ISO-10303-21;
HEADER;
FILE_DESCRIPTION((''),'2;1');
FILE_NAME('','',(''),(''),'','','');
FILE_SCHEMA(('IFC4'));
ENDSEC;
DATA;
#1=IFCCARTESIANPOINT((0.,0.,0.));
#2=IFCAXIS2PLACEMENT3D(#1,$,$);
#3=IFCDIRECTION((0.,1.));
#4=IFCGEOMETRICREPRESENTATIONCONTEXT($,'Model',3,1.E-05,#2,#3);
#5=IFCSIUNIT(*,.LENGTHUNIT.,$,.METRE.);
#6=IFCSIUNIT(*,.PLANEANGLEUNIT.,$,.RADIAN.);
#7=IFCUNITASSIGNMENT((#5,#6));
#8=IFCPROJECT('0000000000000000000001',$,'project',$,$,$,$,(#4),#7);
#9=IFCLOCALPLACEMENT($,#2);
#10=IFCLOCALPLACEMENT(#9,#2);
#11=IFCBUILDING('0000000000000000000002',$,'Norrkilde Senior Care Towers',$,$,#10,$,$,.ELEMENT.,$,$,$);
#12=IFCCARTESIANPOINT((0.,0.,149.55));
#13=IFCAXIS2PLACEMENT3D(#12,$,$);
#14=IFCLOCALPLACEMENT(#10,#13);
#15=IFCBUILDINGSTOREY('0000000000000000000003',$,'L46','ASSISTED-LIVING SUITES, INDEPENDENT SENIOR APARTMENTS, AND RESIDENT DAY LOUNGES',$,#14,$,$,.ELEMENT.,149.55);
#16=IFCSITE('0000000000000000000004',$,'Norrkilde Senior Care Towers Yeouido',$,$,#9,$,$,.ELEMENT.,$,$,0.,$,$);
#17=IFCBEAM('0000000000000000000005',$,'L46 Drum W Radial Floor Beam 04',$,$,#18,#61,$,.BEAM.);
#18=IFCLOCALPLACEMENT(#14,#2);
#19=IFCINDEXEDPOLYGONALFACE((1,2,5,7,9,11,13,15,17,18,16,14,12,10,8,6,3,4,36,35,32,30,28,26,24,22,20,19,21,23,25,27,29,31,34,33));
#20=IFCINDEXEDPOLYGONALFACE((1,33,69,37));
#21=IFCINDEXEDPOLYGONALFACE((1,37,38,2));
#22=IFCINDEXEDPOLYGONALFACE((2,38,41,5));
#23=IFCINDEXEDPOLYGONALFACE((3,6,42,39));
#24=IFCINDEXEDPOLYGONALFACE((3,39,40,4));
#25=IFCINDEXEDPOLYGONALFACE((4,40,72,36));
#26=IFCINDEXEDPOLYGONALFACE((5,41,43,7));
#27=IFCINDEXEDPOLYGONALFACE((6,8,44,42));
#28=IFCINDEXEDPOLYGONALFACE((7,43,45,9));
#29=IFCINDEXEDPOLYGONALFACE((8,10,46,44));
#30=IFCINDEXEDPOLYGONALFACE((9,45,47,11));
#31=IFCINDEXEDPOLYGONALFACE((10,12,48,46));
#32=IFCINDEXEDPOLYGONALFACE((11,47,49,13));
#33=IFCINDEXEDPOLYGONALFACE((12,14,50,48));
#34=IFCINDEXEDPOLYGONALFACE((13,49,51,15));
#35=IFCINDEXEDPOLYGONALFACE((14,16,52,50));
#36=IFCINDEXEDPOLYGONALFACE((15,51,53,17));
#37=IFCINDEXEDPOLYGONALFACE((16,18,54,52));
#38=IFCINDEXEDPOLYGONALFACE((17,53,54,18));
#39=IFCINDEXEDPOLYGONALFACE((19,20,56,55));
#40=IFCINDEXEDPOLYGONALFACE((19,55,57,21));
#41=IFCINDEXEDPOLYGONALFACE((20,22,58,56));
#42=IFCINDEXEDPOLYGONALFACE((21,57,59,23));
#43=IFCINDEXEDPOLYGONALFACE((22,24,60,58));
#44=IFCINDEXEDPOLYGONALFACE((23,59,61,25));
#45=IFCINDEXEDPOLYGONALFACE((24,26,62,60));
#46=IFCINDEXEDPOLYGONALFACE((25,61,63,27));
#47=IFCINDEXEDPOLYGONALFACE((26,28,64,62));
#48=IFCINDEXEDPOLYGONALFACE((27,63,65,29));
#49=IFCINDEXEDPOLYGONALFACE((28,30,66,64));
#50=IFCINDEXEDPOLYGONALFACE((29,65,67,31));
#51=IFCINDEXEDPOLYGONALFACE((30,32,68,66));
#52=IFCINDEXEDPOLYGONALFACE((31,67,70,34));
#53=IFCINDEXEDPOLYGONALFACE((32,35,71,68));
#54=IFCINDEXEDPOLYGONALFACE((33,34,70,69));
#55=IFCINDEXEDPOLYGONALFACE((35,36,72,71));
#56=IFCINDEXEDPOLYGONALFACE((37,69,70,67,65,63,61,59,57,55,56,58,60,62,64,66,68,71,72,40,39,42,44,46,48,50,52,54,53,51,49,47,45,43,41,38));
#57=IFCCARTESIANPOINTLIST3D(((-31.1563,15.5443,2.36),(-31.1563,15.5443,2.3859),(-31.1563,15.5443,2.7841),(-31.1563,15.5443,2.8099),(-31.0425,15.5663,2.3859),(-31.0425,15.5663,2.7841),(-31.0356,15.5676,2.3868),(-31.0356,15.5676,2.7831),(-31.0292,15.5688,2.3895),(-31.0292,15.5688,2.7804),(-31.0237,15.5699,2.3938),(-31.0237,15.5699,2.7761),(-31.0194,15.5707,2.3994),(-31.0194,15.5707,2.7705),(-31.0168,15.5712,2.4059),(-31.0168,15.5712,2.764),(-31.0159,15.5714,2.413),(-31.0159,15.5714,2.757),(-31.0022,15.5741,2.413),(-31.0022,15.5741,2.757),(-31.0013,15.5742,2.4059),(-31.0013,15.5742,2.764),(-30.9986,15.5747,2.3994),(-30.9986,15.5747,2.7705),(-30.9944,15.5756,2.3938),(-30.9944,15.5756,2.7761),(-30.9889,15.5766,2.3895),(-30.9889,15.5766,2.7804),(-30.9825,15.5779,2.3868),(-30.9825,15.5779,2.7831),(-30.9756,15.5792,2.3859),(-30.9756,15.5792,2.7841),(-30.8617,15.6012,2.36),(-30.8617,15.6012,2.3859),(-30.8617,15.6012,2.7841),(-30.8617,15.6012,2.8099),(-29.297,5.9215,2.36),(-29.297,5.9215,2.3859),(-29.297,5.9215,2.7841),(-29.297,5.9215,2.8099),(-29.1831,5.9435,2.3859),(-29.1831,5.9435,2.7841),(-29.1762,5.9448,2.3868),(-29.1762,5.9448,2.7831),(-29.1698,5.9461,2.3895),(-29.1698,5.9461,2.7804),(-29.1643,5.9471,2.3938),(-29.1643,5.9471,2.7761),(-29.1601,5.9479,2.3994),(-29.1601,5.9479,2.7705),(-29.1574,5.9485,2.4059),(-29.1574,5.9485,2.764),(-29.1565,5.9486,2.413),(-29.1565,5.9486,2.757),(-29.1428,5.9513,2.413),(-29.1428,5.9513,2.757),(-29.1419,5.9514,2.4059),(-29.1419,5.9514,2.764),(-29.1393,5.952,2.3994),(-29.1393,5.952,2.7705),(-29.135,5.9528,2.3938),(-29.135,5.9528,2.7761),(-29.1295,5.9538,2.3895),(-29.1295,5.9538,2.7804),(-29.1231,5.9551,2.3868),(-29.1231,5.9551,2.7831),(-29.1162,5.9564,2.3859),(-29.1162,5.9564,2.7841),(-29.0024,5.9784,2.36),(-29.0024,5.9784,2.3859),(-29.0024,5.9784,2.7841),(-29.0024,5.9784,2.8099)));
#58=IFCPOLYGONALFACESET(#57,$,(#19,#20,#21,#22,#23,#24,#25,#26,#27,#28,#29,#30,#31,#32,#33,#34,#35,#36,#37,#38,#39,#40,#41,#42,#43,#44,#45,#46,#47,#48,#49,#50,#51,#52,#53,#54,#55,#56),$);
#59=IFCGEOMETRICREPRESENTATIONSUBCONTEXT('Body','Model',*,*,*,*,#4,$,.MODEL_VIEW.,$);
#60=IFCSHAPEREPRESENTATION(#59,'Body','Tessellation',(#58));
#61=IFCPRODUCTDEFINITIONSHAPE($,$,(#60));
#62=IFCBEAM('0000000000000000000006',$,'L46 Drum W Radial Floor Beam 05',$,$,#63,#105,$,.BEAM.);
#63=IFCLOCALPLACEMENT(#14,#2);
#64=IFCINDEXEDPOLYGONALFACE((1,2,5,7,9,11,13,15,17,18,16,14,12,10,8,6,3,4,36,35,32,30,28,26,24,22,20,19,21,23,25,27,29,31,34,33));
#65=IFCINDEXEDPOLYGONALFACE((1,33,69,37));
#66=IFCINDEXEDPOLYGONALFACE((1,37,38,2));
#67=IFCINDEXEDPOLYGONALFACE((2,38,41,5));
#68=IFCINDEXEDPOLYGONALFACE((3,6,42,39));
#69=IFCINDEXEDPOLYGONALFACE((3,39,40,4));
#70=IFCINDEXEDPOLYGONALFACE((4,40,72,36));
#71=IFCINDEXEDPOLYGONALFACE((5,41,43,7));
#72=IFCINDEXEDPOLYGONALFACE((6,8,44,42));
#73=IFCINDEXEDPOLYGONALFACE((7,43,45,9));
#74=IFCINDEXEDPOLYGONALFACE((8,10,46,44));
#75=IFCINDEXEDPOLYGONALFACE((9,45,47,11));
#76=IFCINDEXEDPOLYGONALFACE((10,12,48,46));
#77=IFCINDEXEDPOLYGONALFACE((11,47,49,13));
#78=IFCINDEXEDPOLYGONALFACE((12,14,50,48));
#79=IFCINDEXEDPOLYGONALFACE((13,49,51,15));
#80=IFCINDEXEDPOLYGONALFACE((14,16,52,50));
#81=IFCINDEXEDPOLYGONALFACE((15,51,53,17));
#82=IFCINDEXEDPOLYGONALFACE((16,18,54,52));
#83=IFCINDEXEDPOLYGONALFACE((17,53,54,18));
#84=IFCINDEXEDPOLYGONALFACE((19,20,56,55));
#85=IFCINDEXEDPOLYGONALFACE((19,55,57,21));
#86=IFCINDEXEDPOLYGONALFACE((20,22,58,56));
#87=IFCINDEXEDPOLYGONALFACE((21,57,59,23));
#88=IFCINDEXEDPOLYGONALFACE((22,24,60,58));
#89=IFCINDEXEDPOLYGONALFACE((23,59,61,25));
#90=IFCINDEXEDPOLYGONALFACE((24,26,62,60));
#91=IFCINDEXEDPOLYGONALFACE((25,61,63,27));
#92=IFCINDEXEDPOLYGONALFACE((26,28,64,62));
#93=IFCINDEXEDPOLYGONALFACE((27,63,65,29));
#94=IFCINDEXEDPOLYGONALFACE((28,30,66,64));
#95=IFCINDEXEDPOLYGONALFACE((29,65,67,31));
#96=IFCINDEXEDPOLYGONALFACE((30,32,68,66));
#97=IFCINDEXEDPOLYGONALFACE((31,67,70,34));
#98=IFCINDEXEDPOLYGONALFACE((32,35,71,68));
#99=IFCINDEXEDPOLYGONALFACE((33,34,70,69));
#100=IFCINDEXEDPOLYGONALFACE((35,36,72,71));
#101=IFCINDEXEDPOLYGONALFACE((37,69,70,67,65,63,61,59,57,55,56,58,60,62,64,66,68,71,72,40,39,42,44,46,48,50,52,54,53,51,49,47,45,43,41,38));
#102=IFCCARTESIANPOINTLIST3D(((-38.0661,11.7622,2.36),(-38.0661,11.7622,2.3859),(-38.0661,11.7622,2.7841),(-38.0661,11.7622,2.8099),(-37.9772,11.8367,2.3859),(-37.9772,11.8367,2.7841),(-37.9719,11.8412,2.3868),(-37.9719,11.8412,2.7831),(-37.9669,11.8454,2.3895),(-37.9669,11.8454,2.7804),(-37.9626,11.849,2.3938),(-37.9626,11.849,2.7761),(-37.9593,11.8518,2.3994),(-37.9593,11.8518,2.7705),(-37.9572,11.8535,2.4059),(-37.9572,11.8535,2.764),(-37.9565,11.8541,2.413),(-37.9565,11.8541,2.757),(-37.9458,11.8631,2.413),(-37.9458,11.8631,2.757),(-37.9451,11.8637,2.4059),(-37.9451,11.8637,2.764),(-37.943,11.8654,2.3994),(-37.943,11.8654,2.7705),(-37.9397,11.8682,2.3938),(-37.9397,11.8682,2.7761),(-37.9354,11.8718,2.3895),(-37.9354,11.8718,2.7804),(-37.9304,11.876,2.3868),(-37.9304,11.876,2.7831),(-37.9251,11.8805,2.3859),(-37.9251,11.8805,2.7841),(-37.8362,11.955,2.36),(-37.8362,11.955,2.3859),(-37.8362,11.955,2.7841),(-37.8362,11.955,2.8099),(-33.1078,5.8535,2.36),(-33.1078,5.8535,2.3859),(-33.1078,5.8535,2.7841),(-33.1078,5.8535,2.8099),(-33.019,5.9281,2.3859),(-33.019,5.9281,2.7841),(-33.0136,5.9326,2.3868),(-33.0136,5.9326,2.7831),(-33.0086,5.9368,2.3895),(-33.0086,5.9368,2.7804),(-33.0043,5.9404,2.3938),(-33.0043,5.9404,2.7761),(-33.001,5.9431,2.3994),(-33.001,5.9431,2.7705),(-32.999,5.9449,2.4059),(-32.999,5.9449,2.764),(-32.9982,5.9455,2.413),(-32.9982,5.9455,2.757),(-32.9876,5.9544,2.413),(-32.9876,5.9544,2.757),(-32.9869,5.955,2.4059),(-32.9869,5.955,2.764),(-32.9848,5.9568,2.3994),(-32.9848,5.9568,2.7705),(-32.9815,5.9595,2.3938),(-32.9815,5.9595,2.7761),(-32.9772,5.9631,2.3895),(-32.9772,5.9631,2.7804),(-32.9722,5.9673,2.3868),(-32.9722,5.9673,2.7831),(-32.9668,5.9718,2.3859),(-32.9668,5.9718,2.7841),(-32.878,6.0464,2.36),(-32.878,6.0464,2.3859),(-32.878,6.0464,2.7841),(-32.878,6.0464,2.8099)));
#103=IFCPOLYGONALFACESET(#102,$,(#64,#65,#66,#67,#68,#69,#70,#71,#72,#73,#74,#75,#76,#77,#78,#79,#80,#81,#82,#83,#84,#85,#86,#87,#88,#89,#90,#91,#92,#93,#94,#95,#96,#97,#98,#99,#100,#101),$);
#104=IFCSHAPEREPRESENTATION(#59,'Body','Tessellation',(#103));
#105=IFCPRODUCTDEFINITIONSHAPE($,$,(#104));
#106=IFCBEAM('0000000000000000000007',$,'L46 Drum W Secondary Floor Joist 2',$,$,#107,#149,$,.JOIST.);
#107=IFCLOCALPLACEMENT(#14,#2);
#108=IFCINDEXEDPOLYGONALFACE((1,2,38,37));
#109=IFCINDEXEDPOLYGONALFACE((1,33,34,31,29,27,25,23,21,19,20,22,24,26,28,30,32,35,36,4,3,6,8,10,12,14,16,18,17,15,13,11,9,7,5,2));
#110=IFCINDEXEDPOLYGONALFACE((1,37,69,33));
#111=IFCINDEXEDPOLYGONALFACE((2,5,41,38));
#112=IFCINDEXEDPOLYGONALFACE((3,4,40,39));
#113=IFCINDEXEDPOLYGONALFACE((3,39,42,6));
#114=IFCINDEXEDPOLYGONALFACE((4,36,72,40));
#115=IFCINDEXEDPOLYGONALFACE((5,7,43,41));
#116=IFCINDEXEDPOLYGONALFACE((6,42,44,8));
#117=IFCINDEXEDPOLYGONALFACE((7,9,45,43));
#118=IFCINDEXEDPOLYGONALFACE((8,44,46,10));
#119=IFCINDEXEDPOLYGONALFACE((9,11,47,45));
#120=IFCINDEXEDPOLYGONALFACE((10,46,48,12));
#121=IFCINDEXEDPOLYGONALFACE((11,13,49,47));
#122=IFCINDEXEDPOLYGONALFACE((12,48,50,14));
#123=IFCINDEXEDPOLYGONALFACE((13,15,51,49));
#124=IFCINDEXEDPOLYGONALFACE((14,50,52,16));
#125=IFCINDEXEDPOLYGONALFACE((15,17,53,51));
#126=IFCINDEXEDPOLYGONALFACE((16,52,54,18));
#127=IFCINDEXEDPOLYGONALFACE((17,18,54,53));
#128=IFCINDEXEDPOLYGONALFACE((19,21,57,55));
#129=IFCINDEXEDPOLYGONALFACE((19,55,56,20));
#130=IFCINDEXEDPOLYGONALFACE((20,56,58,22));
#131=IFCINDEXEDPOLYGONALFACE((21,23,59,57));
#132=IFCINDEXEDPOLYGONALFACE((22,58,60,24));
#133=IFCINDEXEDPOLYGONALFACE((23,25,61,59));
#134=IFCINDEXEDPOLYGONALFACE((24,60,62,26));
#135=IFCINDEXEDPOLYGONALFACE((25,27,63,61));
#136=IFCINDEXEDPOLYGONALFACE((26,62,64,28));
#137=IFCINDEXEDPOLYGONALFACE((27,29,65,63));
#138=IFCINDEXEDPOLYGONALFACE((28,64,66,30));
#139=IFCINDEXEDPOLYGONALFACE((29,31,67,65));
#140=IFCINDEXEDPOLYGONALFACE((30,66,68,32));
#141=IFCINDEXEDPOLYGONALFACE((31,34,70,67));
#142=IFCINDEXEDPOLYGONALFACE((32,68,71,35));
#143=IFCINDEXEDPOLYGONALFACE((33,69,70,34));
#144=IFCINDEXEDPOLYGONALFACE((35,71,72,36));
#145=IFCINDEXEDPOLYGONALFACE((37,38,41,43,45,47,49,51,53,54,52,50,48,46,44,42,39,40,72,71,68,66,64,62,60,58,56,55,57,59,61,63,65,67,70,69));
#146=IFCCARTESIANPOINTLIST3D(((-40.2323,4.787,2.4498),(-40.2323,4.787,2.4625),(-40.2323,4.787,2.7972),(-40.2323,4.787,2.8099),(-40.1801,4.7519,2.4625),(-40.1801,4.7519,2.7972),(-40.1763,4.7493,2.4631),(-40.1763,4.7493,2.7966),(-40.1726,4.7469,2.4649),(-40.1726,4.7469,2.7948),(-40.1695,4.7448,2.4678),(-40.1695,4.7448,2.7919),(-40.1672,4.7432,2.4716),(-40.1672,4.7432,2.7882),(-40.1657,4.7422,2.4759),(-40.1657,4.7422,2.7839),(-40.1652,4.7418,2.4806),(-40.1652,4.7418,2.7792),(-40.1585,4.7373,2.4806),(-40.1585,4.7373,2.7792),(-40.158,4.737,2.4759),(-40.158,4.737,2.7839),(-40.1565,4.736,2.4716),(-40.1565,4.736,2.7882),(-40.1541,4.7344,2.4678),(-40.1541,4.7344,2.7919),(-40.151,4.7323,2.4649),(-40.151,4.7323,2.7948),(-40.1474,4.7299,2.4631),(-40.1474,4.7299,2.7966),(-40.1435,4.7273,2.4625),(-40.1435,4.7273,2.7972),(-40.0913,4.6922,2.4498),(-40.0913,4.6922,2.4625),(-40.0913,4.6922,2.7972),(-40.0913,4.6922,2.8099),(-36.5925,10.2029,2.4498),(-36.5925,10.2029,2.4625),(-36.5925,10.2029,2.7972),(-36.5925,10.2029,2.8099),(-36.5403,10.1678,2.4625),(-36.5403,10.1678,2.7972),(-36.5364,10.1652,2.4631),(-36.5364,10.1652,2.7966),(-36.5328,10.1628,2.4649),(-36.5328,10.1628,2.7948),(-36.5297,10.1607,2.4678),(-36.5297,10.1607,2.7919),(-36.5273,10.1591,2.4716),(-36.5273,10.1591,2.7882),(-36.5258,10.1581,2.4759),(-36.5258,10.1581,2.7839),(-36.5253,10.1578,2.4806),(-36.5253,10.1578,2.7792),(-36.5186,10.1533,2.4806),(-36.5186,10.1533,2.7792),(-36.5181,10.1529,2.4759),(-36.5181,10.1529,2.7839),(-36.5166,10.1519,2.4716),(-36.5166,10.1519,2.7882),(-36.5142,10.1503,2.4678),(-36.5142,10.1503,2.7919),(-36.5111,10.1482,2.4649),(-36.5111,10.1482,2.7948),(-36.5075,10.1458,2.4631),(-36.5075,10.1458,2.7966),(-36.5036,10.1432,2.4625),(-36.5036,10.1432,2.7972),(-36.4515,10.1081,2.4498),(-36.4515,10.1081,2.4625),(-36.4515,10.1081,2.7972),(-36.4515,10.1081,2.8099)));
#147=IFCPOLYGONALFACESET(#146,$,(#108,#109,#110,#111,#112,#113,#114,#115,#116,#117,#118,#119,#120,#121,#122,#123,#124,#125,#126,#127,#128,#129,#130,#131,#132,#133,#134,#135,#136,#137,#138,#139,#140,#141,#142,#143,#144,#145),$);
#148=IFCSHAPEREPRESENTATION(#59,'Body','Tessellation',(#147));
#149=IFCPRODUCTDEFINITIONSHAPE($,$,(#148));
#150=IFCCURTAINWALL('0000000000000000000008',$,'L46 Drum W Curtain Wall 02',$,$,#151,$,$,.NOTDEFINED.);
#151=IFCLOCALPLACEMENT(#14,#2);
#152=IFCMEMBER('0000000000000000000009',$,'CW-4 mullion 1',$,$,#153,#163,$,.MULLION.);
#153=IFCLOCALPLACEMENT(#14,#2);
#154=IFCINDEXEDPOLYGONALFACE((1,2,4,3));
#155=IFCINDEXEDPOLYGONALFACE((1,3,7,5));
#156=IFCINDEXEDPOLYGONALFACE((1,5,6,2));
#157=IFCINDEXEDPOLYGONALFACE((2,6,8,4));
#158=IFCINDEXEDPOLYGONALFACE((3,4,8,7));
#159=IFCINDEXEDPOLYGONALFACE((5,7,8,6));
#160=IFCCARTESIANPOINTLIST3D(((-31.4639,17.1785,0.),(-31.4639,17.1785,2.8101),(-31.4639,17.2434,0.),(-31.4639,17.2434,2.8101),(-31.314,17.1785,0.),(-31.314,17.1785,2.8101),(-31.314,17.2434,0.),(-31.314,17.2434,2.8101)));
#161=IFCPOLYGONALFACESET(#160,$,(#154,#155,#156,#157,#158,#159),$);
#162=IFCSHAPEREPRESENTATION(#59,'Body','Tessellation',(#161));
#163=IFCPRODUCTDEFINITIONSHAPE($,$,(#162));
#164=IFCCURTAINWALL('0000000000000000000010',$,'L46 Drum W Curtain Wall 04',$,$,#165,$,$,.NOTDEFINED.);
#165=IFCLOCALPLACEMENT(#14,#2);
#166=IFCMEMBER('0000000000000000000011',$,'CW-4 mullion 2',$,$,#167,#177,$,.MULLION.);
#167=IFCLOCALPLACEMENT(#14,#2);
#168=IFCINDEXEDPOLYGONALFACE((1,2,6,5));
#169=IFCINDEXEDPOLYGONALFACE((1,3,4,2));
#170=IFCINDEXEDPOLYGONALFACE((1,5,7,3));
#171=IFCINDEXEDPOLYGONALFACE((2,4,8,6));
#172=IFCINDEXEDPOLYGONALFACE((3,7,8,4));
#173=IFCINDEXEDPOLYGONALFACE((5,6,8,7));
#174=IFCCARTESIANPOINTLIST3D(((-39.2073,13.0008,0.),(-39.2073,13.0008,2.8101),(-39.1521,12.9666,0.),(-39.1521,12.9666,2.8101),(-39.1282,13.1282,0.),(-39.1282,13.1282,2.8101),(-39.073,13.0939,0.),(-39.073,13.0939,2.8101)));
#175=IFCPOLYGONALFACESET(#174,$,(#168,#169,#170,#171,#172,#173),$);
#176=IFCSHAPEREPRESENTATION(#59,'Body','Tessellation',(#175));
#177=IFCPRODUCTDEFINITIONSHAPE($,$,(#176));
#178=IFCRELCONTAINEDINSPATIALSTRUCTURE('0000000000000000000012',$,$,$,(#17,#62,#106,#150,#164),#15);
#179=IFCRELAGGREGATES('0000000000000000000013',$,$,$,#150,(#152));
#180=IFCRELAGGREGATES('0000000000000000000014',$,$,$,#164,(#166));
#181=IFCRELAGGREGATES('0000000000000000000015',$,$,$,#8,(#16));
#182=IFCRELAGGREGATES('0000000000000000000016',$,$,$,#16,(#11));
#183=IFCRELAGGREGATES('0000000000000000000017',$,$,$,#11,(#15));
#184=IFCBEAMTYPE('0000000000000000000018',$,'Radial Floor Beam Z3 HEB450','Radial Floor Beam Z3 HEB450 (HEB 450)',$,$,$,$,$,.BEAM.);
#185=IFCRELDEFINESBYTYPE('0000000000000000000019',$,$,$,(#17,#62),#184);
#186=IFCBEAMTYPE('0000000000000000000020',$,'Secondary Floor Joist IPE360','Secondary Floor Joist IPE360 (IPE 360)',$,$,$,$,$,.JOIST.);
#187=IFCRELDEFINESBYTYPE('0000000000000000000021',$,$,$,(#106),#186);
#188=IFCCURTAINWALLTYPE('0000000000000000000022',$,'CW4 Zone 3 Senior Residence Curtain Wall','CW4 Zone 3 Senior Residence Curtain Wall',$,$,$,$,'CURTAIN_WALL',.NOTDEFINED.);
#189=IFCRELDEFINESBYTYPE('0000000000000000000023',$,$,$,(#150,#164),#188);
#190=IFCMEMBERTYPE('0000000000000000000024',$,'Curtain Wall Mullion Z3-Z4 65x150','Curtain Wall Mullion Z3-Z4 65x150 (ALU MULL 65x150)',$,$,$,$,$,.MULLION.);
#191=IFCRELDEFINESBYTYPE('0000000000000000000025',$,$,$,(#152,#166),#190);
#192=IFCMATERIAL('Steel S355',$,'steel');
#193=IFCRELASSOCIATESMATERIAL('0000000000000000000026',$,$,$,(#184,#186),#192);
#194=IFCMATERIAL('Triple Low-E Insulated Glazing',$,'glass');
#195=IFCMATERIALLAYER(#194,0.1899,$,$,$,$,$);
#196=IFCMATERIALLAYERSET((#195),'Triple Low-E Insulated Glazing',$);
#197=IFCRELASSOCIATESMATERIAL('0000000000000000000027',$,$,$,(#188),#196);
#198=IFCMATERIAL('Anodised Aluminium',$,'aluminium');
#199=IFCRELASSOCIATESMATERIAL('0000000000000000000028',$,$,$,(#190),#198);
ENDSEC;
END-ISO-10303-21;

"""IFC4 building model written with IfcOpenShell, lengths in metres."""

from ifc_helpers import new_model, si_unit, direction, frame, origin, origin_2d, place, context, subcontext, project, spatial, rectangle, i_section, extrude, source, transform, mapped, material, layer, layer_set, material_profile, profile_set, type_object, type_shapes, element, aggregate, save


model = new_model("IFC4")

# Units and contexts
model_context = context("Model", 3, precision=1e-05, world=origin(), true_north=direction((0.0, 1.0)))
body_context = subcontext(model_context, "Body", "Model", "MODEL_VIEW")
ifc_project = project(units=[si_unit("LENGTHUNIT", "METRE"), si_unit("PLANEANGLEUNIT", "RADIAN")], contexts=[model_context])

# Site, building, storey
site_placement = place(None, origin())
site = spatial("IfcSite", under=ifc_project, at=site_placement, Name="Norrkilde Senior Care Towers Yeouido", CompositionType="ELEMENT", RefElevation=0.0)
building_placement = place(site_placement, origin())
building = spatial("IfcBuilding", under=site, at=building_placement, Name="Norrkilde Senior Care Towers", CompositionType="ELEMENT")
storey_placement = place(building_placement, frame((0.0, 0.0, 149.55)))
storey = spatial("IfcBuildingStorey", under=building, at=storey_placement, Name="L46", Description="ASSISTED-LIVING SUITES, INDEPENDENT SENIOR APARTMENTS, AND RESIDENT DAY LOUNGES", CompositionType="ELEMENT", Elevation=149.55)

# Beams
ifc_material_1 = material(Name="Steel S355", Category="steel")
ifc_material_profile_1 = material_profile(ifc_material_1, i_section(OverallWidth=0.3, OverallDepth=0.45, WebThickness=0.0139, FlangeThickness=0.0259, FilletRadius=0.0271, at=origin_2d()), Name="HEB 450")
ifc_profile_set_1 = profile_set([ifc_material_profile_1], Name="Steel S355")
beam_type_1 = type_object("IfcBeamType", Name="Radial Floor Beam Z3 HEB450", Description="Radial Floor Beam Z3 HEB450 (HEB 450)", PredefinedType="BEAM", material=ifc_profile_set_1)
shared_shape_1 = source(origin(), body_context, "Body", "SweptSolid", [
    extrude(i_section(OverallWidth=0.3, OverallDepth=0.45, WebThickness=0.0139, FlangeThickness=0.0259, FilletRadius=0.0271, at=origin_2d()), origin(), (0.0, 0.0, 1.0), 9.8008),
])
beam_1_placement = place(storey_placement, frame((-29.1497, 5.95, 2.585), z_axis=(-0.189717, 0.981839, 0.0), x_axis=(-0.981839, -0.189717, 0.0)))
element("IfcBeam", 1, at=beam_1_placement, inside=storey, type_object=beam_type_1, Name="L46 Drum W Radial Floor Beam 04", PredefinedType="BEAM", context=body_context, shape_type="MappedRepresentation", body=[
    mapped(shared_shape_1, transform((0.0, 0.0, 0.0), x_axis=(1.0, 0.0, 0.0), y_axis=(0.0, 1.0, 0.0), z_axis=(0.0, 0.0, 1.0), scale=1.0)),
])
shared_shape_2 = source(origin(), body_context, "Body", "SweptSolid", [
    extrude(i_section(OverallWidth=0.3, OverallDepth=0.45, WebThickness=0.0139, FlangeThickness=0.0259, FilletRadius=0.0271, at=origin_2d()), origin(), (0.0, 0.0, 1.0), 7.7134),
])
type_shapes(beam_type_1, [shared_shape_1, shared_shape_2])
beam_2_placement = place(storey_placement, frame((-32.9929, 5.95, 2.585), z_axis=(-0.642808, 0.766027, 0.0), x_axis=(-0.766027, -0.642808, 0.0)))
element("IfcBeam", 2, at=beam_2_placement, inside=storey, type_object=beam_type_1, Name="L46 Drum W Radial Floor Beam 05", PredefinedType="BEAM", context=body_context, shape_type="MappedRepresentation", body=[
    mapped(shared_shape_2, transform((0.0, 0.0, 0.0), x_axis=(1.0, 0.0, 0.0), y_axis=(0.0, 1.0, 0.0), z_axis=(0.0, 0.0, 1.0), scale=1.0)),
])
ifc_material_profile_2 = material_profile(ifc_material_1, i_section(OverallWidth=0.1699, OverallDepth=0.3601, WebThickness=0.0081, FlangeThickness=0.0127, FilletRadius=0.0181, at=origin_2d()), Name="IPE 360")
ifc_profile_set_2 = profile_set([ifc_material_profile_2], Name="Steel S355")
beam_type_2 = type_object("IfcBeamType", Name="Secondary Floor Joist IPE360", Description="Secondary Floor Joist IPE360 (IPE 360)", PredefinedType="JOIST", material=ifc_profile_set_2)
shared_shape_3 = source(origin(), body_context, "Body", "SweptSolid", [
    extrude(i_section(OverallWidth=0.1699, OverallDepth=0.3601, WebThickness=0.0081, FlangeThickness=0.0127, FilletRadius=0.0181, at=origin_2d()), origin(), (0.0, 0.0, 1.0), 6.5254),
])
type_shapes(beam_type_2, [shared_shape_3])
beam_3_placement = place(storey_placement, frame((-36.522, 10.1555, 2.6299), z_axis=(-0.557796, -0.829978, 0.0), x_axis=(0.829978, -0.557796, 0.0)))
element("IfcBeam", 3, at=beam_3_placement, inside=storey, type_object=beam_type_2, Name="L46 Drum W Secondary Floor Joist 2", PredefinedType="JOIST", context=body_context, shape_type="MappedRepresentation", body=[
    mapped(shared_shape_3, transform((0.0, 0.0, 0.0), x_axis=(1.0, 0.0, 0.0), y_axis=(0.0, 1.0, 0.0), z_axis=(0.0, 0.0, 1.0), scale=1.0)),
])

# Curtain wall, member
ifc_material_2 = material(Name="Triple Low-E Insulated Glazing", Category="glass")
ifc_layer_1 = layer(ifc_material_2, 0.1899)
ifc_layer_set_1 = layer_set([ifc_layer_1], Name="Triple Low-E Insulated Glazing")
curtain_wall_type = type_object("IfcCurtainWallType", Name="CW4 Zone 3 Senior Residence Curtain Wall", Description="CW4 Zone 3 Senior Residence Curtain Wall", ElementType="CURTAIN_WALL", PredefinedType="NOTDEFINED", material=ifc_layer_set_1)
curtain_wall_1_placement = place(storey_placement, origin())
curtain_wall_1 = element("IfcCurtainWall", 4, at=curtain_wall_1_placement, inside=storey, type_object=curtain_wall_type, Name="L46 Drum W Curtain Wall 02", PredefinedType="NOTDEFINED")
ifc_material_3 = material(Name="Anodised Aluminium", Category="aluminium")
ifc_material_profile_3 = material_profile(ifc_material_3, rectangle(XDim=0.0649, YDim=0.1499, at=origin_2d()), Name="ALU MULL 65x150")
ifc_profile_set_3 = profile_set([ifc_material_profile_3], Name="Anodised Aluminium")
member_type_1 = type_object("IfcMemberType", Name="Curtain Wall Mullion Z3-Z4 65x150", Description="Curtain Wall Mullion Z3-Z4 65x150 (ALU MULL 65x150)", PredefinedType="MULLION", material=ifc_profile_set_3)
shared_shape_4 = source(origin(), body_context, "Body", "SweptSolid", [
    extrude(rectangle(XDim=0.0649, YDim=0.1499, at=origin_2d()), origin(), (0.0, 0.0, 1.0), 2.8101),
])
type_shapes(member_type_1, [shared_shape_4])
member_1_placement = place(storey_placement, frame((-31.3889, 17.2109, 0.0), z_axis=(0.0, 0.0, 1.0), x_axis=(0.0, 1.0, 0.0)))
member_1 = element("IfcMember", 5, at=member_1_placement, type_object=member_type_1, Name="CW-4 mullion 1", PredefinedType="MULLION", context=body_context, shape_type="MappedRepresentation", body=[
    mapped(shared_shape_4, transform((0.0, 0.0, 0.0), x_axis=(1.0, 0.0, 0.0), y_axis=(0.0, 1.0, 0.0), z_axis=(0.0, 0.0, 1.0), scale=1.0)),
])

# Curtain wall, member
curtain_wall_2_placement = place(storey_placement, origin())
curtain_wall_2 = element("IfcCurtainWall", 6, at=curtain_wall_2_placement, inside=storey, type_object=curtain_wall_type, Name="L46 Drum W Curtain Wall 04", PredefinedType="NOTDEFINED")
member_2_placement = place(storey_placement, frame((-39.1401, 13.0474, 0.0), z_axis=(0.0, 0.0, 1.0), x_axis=(-0.849634, 0.527373, 0.0)))
member_2 = element("IfcMember", 7, at=member_2_placement, type_object=member_type_1, Name="CW-4 mullion 2", PredefinedType="MULLION", context=body_context, shape_type="MappedRepresentation", body=[
    mapped(shared_shape_4, transform((0.0, 0.0, 0.0), x_axis=(1.0, 0.0, 0.0), y_axis=(0.0, 1.0, 0.0), z_axis=(0.0, 0.0, 1.0), scale=1.0)),
])

aggregate(curtain_wall_1, [member_1])

aggregate(curtain_wall_2, [member_2])

save(model, "model.ifc")
